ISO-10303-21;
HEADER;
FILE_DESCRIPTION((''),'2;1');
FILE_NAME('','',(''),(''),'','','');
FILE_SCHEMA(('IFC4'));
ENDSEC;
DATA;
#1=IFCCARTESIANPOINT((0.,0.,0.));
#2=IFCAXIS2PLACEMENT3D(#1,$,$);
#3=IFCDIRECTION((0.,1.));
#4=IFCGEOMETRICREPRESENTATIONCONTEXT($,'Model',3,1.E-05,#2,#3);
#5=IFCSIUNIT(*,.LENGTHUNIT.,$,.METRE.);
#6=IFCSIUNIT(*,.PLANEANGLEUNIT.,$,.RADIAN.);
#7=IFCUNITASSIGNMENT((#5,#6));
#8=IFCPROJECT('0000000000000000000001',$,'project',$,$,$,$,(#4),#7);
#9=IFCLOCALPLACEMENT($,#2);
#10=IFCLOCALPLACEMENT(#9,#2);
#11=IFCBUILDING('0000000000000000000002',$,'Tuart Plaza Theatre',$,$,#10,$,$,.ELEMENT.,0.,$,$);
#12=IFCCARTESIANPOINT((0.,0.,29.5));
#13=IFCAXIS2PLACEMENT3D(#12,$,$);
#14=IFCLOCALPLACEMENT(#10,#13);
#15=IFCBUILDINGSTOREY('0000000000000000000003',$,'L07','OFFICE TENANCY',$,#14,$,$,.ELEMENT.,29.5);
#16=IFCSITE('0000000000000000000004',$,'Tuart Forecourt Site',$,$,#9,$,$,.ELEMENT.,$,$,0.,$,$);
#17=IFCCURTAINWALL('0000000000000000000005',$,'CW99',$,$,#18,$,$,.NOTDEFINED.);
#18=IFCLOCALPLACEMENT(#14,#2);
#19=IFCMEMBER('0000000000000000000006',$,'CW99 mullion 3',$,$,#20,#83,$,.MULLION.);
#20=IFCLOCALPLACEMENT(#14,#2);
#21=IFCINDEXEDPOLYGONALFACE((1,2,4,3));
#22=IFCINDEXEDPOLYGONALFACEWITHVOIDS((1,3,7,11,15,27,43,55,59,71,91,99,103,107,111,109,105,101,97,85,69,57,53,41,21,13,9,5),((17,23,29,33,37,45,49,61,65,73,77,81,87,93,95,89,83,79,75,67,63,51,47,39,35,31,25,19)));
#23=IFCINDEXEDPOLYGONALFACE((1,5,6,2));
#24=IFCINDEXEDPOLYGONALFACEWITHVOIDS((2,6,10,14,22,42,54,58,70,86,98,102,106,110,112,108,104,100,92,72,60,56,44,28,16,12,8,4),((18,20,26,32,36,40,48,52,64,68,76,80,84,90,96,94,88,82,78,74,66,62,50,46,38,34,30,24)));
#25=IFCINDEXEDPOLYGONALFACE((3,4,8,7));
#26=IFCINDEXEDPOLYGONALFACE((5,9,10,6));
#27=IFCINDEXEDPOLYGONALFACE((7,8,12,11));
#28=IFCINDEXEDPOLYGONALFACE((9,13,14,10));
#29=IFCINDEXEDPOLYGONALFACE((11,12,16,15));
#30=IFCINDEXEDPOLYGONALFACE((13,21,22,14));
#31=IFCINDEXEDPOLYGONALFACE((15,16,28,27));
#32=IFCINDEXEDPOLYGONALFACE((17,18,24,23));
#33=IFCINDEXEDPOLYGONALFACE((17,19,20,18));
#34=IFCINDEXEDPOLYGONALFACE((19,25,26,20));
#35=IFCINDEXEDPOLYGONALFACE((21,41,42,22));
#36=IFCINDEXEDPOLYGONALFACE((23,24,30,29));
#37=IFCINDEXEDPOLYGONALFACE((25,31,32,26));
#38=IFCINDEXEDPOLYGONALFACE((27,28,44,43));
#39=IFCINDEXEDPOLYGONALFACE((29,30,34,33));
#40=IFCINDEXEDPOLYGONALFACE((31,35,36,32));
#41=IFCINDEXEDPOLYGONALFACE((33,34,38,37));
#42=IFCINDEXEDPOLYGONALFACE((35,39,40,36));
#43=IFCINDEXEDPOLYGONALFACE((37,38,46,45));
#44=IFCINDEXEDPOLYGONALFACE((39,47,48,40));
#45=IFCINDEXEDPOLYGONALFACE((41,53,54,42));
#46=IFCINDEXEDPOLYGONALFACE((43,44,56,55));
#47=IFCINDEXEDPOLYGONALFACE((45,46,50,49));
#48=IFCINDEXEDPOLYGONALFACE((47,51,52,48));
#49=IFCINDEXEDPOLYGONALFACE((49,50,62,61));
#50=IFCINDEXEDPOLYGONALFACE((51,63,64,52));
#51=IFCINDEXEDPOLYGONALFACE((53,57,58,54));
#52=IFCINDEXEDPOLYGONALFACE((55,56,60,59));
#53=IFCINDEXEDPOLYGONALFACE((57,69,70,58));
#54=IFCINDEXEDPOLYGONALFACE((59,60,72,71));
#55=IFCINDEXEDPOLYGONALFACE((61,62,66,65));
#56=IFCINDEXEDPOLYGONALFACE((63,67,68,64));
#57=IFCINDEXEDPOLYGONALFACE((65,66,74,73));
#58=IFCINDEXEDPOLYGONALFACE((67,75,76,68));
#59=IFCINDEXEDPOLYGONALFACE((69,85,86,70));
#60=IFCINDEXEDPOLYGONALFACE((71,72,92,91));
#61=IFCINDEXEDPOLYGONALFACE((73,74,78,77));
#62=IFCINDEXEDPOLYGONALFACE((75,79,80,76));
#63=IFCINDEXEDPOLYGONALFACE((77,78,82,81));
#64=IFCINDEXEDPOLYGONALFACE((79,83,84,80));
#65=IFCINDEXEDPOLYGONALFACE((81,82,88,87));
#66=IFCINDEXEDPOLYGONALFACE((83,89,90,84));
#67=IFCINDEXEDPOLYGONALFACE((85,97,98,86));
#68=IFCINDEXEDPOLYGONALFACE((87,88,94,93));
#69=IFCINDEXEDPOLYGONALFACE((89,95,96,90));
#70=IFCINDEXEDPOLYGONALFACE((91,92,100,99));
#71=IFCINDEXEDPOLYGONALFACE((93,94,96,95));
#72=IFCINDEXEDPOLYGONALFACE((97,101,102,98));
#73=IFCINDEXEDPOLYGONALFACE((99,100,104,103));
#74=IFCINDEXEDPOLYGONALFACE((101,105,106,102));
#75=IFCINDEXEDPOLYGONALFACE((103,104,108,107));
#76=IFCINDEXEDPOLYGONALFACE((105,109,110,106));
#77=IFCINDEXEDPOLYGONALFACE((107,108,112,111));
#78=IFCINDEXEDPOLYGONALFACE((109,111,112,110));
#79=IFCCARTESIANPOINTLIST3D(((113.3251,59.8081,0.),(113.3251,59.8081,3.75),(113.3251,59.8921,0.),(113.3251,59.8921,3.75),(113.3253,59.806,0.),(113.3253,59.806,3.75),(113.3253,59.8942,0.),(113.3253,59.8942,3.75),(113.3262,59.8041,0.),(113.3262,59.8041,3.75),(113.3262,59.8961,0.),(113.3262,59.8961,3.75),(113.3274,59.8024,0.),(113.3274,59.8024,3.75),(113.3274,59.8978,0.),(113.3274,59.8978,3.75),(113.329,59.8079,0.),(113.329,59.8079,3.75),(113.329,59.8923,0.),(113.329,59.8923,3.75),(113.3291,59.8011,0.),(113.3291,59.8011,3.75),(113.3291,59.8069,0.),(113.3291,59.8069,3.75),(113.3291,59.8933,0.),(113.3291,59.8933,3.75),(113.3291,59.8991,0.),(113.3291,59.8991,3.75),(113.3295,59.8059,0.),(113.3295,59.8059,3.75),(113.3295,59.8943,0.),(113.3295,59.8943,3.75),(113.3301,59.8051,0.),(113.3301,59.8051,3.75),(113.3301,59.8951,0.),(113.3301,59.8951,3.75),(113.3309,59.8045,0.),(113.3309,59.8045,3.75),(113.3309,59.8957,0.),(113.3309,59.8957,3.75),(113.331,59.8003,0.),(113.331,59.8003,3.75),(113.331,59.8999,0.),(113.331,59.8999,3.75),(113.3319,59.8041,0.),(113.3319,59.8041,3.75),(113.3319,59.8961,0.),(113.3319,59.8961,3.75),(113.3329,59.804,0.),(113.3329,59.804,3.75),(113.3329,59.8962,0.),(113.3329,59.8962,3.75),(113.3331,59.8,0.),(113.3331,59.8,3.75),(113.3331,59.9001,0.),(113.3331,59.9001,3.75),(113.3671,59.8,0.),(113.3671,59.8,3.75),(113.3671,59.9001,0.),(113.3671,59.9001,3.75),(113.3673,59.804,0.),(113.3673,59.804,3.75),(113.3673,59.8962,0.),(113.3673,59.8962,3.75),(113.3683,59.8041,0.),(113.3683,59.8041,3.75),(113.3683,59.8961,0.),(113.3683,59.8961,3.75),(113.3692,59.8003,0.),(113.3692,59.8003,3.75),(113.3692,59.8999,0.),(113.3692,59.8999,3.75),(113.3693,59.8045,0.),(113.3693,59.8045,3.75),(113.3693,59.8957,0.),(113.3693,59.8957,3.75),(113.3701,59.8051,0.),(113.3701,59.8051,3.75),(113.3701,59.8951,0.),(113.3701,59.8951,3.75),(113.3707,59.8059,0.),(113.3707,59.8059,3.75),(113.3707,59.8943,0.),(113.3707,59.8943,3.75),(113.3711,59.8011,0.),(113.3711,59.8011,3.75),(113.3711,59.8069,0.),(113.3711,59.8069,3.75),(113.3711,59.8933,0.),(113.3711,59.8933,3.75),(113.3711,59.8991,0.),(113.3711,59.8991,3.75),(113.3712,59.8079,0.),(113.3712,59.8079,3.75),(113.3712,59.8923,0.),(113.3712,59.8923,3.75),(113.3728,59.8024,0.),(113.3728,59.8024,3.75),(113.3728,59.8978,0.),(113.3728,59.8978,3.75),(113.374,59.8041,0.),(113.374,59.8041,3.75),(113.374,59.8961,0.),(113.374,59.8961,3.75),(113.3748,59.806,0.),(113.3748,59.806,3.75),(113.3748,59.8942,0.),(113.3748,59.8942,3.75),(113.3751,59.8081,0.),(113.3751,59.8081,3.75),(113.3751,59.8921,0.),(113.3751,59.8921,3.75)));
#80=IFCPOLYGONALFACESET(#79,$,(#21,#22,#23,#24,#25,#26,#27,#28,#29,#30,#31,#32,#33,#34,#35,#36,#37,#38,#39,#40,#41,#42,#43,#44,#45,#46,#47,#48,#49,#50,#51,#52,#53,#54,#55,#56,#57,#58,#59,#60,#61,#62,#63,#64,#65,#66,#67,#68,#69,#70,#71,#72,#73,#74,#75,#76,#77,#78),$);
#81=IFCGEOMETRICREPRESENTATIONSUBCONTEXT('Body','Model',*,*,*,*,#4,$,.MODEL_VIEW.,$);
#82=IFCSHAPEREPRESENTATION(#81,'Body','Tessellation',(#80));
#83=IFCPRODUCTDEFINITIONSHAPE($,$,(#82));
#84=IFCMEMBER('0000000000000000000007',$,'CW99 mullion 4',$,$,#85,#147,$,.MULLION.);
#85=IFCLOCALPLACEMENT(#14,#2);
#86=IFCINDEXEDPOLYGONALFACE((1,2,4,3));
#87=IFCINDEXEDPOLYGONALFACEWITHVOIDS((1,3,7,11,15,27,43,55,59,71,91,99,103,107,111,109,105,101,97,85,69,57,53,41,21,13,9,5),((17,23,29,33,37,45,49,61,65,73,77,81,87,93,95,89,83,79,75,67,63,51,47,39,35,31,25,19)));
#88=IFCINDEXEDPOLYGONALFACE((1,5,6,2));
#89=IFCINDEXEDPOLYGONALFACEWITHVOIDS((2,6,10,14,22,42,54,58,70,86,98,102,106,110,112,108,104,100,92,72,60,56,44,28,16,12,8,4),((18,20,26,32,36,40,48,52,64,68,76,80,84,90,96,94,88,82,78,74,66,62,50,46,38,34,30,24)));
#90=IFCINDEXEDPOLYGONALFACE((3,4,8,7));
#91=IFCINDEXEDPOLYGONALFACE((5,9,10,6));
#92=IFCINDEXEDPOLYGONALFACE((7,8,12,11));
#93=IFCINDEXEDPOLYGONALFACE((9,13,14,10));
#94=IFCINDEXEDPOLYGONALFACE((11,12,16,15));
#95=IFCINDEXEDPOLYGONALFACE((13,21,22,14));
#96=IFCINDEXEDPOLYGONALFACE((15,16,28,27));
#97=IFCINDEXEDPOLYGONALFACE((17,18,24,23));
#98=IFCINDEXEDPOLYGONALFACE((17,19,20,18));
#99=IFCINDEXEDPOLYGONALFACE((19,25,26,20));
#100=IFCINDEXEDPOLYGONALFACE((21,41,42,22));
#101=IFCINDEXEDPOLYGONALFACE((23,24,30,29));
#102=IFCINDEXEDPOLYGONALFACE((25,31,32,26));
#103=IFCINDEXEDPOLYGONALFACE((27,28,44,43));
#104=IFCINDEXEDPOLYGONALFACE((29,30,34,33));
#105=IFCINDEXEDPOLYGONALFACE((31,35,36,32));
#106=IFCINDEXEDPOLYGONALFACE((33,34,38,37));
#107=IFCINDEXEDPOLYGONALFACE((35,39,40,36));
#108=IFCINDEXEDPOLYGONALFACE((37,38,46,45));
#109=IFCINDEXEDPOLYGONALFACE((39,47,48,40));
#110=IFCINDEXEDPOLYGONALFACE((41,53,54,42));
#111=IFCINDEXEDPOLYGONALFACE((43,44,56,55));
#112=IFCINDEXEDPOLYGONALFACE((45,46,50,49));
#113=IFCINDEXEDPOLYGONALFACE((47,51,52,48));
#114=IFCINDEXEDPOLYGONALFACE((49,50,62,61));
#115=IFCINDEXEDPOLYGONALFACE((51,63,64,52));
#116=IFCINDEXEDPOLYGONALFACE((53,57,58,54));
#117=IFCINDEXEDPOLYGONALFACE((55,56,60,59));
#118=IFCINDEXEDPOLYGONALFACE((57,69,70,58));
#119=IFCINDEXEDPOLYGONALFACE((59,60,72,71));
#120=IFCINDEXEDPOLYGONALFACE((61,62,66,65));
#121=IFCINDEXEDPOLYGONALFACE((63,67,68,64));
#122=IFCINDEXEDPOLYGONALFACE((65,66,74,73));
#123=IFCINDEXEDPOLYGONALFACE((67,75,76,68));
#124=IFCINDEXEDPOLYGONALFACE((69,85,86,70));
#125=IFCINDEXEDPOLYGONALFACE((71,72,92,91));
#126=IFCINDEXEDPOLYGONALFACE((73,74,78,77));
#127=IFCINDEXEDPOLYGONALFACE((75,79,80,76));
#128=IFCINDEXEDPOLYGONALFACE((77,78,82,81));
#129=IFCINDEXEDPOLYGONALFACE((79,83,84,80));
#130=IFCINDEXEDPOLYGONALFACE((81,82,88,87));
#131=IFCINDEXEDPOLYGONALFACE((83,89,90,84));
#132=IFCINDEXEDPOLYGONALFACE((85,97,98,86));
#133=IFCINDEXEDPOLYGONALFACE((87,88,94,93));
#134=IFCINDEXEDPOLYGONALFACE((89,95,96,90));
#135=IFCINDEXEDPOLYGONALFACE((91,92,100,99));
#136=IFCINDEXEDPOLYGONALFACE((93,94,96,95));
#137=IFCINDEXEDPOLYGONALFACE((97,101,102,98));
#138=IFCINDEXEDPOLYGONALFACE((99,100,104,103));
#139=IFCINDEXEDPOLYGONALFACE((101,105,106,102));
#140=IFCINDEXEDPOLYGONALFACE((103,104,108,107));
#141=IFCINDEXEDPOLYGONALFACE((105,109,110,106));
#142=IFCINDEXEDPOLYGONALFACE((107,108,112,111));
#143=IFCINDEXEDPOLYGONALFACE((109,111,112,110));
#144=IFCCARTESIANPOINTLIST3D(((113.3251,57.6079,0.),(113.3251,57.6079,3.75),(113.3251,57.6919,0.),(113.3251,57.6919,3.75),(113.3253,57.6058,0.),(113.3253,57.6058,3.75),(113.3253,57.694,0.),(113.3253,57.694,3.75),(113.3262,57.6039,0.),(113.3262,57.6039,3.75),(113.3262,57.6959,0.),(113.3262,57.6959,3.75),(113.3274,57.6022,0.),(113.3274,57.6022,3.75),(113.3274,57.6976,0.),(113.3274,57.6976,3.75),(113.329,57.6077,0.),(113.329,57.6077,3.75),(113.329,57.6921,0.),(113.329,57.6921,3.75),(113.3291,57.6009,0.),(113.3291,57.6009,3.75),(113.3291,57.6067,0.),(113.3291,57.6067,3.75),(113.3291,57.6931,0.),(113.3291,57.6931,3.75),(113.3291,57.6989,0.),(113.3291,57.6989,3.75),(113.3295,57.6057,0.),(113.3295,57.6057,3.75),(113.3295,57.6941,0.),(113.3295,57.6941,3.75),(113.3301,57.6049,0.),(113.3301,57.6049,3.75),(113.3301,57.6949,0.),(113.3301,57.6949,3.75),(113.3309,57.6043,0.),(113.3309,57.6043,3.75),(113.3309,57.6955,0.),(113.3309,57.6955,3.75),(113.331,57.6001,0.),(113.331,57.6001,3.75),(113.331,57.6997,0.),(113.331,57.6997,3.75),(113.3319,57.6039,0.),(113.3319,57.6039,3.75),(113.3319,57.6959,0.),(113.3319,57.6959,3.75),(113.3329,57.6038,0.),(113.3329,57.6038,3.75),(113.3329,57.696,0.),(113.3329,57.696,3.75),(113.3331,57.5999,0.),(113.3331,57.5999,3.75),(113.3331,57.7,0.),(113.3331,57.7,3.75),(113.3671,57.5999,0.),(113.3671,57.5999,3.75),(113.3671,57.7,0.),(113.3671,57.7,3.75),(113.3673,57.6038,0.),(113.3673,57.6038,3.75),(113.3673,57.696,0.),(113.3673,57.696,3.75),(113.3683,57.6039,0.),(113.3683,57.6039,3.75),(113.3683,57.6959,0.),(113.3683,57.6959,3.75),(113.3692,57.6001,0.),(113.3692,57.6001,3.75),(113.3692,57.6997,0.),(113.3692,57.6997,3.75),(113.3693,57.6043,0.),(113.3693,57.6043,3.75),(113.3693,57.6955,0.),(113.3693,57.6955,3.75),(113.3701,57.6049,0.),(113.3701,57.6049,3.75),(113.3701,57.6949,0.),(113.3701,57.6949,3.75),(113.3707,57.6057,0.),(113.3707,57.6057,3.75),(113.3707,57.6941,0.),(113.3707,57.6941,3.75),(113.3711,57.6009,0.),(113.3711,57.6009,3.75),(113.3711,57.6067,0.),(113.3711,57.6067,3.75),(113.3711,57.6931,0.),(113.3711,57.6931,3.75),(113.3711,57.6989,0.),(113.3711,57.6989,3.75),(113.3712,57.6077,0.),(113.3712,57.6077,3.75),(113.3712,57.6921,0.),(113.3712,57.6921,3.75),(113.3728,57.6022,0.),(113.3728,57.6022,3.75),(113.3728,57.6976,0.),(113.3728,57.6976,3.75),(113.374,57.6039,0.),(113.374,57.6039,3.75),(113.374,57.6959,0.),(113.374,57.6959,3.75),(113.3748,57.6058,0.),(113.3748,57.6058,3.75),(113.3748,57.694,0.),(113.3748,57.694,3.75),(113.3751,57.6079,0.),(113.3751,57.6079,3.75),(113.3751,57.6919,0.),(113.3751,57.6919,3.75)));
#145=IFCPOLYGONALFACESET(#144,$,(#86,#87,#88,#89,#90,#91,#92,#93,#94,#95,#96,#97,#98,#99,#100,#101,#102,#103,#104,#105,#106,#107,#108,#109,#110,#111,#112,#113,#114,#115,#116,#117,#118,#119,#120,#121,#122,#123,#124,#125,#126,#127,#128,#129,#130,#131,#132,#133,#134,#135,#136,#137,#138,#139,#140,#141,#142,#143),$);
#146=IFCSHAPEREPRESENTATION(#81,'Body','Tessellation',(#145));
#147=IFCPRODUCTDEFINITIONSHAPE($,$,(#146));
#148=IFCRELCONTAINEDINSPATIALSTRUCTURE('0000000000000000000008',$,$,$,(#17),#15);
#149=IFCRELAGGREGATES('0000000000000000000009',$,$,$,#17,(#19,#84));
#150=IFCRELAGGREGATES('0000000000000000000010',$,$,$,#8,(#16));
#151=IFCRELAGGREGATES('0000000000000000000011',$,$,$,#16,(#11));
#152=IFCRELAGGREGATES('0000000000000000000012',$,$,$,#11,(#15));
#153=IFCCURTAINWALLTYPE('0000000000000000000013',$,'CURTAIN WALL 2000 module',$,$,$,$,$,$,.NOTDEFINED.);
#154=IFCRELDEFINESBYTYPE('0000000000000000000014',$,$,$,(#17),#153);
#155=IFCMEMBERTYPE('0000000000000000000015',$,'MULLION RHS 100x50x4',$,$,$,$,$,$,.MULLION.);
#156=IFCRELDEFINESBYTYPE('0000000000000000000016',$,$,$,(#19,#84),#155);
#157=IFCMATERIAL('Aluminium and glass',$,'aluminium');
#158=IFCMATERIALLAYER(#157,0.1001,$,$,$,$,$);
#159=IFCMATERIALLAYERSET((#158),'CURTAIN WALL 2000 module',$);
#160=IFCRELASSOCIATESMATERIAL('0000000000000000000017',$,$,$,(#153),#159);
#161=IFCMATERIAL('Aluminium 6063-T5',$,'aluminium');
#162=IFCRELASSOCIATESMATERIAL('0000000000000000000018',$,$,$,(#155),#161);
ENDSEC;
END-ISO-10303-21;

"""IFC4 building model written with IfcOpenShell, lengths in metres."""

from ifc_helpers import new_model, si_unit, direction, frame, origin, origin_2d, place, context, subcontext, project, spatial, hollow_rectangle, extrude, material, layer, layer_set, material_profile, profile_set, type_object, element, aggregate, save


model = new_model("IFC4")

# Units and contexts
model_context = context("Model", 3, precision=1e-05, world=origin(), true_north=direction((0.0, 1.0)))
body_context = subcontext(model_context, "Body", "Model", "MODEL_VIEW")
ifc_project = project(units=[si_unit("LENGTHUNIT", "METRE"), si_unit("PLANEANGLEUNIT", "RADIAN")], contexts=[model_context])

# Site, building, storey
site_placement = place(None, origin())
site = spatial("IfcSite", under=ifc_project, at=site_placement, Name="Tuart Forecourt Site", CompositionType="ELEMENT", RefElevation=0.0)
building_placement = place(site_placement, origin())
building = spatial("IfcBuilding", under=site, at=building_placement, Name="Tuart Plaza Theatre", CompositionType="ELEMENT", ElevationOfRefHeight=0.0)
storey_placement = place(building_placement, frame((0.0, 0.0, 29.5)))
storey = spatial("IfcBuildingStorey", under=building, at=storey_placement, Name="L07", Description="OFFICE TENANCY", CompositionType="ELEMENT", Elevation=29.5)

# Curtain wall, members
ifc_material_1 = material(Name="Aluminium and glass", Category="aluminium")
ifc_layer_1 = layer(ifc_material_1, 0.1001)
ifc_layer_set_1 = layer_set([ifc_layer_1], Name="CURTAIN WALL 2000 module")
curtain_wall_type = type_object("IfcCurtainWallType", Name="CURTAIN WALL 2000 module", PredefinedType="NOTDEFINED", material=ifc_layer_set_1)
ifc_material_2 = material(Name="Aluminium 6063-T5", Category="aluminium")
ifc_material_profile_1 = material_profile(ifc_material_2, hollow_rectangle(XDim=0.05, YDim=0.1001, WallThickness=0.0039, InnerFilletRadius=0.0039, OuterFilletRadius=0.0081, at=origin_2d()), Name="RHS 100x50x4")
ifc_profile_set_1 = profile_set([ifc_material_profile_1], Name="Aluminium 6063-T5")
member_type_1 = type_object("IfcMemberType", Name="MULLION RHS 100x50x4", PredefinedType="MULLION", material=ifc_profile_set_1)
curtain_wall_1_placement = place(storey_placement, origin())
curtain_wall_1 = element("IfcCurtainWall", 1, at=curtain_wall_1_placement, inside=storey, type_object=curtain_wall_type, Name="CW99", PredefinedType="NOTDEFINED")
member_1_placement = place(storey_placement, frame((113.3501, 59.8501, 0.0), z_axis=(0.0, 0.0, 1.0), x_axis=(1.0, 0.0, 0.0)))
member_1 = element("IfcMember", 2, at=member_1_placement, type_object=member_type_1, Name="CW99 mullion 3", PredefinedType="MULLION", context=body_context, shape_type="SweptSolid", body=[
    extrude(hollow_rectangle(XDim=0.05, YDim=0.1001, WallThickness=0.0039, InnerFilletRadius=0.0039, OuterFilletRadius=0.0081, at=origin_2d()), origin(), (0.0, 0.0, 1.0), 3.75),
])
member_2_placement = place(storey_placement, frame((113.3501, 57.6499, 0.0), z_axis=(0.0, 0.0, 1.0), x_axis=(1.0, 0.0, 0.0)))
member_2 = element("IfcMember", 3, at=member_2_placement, type_object=member_type_1, Name="CW99 mullion 4", PredefinedType="MULLION", context=body_context, shape_type="SweptSolid", body=[
    extrude(hollow_rectangle(XDim=0.05, YDim=0.1001, WallThickness=0.0039, InnerFilletRadius=0.0039, OuterFilletRadius=0.0081, at=origin_2d()), origin(), (0.0, 0.0, 1.0), 3.75),
])

aggregate(curtain_wall_1, [member_1, member_2])

save(model, "model.ifc")
